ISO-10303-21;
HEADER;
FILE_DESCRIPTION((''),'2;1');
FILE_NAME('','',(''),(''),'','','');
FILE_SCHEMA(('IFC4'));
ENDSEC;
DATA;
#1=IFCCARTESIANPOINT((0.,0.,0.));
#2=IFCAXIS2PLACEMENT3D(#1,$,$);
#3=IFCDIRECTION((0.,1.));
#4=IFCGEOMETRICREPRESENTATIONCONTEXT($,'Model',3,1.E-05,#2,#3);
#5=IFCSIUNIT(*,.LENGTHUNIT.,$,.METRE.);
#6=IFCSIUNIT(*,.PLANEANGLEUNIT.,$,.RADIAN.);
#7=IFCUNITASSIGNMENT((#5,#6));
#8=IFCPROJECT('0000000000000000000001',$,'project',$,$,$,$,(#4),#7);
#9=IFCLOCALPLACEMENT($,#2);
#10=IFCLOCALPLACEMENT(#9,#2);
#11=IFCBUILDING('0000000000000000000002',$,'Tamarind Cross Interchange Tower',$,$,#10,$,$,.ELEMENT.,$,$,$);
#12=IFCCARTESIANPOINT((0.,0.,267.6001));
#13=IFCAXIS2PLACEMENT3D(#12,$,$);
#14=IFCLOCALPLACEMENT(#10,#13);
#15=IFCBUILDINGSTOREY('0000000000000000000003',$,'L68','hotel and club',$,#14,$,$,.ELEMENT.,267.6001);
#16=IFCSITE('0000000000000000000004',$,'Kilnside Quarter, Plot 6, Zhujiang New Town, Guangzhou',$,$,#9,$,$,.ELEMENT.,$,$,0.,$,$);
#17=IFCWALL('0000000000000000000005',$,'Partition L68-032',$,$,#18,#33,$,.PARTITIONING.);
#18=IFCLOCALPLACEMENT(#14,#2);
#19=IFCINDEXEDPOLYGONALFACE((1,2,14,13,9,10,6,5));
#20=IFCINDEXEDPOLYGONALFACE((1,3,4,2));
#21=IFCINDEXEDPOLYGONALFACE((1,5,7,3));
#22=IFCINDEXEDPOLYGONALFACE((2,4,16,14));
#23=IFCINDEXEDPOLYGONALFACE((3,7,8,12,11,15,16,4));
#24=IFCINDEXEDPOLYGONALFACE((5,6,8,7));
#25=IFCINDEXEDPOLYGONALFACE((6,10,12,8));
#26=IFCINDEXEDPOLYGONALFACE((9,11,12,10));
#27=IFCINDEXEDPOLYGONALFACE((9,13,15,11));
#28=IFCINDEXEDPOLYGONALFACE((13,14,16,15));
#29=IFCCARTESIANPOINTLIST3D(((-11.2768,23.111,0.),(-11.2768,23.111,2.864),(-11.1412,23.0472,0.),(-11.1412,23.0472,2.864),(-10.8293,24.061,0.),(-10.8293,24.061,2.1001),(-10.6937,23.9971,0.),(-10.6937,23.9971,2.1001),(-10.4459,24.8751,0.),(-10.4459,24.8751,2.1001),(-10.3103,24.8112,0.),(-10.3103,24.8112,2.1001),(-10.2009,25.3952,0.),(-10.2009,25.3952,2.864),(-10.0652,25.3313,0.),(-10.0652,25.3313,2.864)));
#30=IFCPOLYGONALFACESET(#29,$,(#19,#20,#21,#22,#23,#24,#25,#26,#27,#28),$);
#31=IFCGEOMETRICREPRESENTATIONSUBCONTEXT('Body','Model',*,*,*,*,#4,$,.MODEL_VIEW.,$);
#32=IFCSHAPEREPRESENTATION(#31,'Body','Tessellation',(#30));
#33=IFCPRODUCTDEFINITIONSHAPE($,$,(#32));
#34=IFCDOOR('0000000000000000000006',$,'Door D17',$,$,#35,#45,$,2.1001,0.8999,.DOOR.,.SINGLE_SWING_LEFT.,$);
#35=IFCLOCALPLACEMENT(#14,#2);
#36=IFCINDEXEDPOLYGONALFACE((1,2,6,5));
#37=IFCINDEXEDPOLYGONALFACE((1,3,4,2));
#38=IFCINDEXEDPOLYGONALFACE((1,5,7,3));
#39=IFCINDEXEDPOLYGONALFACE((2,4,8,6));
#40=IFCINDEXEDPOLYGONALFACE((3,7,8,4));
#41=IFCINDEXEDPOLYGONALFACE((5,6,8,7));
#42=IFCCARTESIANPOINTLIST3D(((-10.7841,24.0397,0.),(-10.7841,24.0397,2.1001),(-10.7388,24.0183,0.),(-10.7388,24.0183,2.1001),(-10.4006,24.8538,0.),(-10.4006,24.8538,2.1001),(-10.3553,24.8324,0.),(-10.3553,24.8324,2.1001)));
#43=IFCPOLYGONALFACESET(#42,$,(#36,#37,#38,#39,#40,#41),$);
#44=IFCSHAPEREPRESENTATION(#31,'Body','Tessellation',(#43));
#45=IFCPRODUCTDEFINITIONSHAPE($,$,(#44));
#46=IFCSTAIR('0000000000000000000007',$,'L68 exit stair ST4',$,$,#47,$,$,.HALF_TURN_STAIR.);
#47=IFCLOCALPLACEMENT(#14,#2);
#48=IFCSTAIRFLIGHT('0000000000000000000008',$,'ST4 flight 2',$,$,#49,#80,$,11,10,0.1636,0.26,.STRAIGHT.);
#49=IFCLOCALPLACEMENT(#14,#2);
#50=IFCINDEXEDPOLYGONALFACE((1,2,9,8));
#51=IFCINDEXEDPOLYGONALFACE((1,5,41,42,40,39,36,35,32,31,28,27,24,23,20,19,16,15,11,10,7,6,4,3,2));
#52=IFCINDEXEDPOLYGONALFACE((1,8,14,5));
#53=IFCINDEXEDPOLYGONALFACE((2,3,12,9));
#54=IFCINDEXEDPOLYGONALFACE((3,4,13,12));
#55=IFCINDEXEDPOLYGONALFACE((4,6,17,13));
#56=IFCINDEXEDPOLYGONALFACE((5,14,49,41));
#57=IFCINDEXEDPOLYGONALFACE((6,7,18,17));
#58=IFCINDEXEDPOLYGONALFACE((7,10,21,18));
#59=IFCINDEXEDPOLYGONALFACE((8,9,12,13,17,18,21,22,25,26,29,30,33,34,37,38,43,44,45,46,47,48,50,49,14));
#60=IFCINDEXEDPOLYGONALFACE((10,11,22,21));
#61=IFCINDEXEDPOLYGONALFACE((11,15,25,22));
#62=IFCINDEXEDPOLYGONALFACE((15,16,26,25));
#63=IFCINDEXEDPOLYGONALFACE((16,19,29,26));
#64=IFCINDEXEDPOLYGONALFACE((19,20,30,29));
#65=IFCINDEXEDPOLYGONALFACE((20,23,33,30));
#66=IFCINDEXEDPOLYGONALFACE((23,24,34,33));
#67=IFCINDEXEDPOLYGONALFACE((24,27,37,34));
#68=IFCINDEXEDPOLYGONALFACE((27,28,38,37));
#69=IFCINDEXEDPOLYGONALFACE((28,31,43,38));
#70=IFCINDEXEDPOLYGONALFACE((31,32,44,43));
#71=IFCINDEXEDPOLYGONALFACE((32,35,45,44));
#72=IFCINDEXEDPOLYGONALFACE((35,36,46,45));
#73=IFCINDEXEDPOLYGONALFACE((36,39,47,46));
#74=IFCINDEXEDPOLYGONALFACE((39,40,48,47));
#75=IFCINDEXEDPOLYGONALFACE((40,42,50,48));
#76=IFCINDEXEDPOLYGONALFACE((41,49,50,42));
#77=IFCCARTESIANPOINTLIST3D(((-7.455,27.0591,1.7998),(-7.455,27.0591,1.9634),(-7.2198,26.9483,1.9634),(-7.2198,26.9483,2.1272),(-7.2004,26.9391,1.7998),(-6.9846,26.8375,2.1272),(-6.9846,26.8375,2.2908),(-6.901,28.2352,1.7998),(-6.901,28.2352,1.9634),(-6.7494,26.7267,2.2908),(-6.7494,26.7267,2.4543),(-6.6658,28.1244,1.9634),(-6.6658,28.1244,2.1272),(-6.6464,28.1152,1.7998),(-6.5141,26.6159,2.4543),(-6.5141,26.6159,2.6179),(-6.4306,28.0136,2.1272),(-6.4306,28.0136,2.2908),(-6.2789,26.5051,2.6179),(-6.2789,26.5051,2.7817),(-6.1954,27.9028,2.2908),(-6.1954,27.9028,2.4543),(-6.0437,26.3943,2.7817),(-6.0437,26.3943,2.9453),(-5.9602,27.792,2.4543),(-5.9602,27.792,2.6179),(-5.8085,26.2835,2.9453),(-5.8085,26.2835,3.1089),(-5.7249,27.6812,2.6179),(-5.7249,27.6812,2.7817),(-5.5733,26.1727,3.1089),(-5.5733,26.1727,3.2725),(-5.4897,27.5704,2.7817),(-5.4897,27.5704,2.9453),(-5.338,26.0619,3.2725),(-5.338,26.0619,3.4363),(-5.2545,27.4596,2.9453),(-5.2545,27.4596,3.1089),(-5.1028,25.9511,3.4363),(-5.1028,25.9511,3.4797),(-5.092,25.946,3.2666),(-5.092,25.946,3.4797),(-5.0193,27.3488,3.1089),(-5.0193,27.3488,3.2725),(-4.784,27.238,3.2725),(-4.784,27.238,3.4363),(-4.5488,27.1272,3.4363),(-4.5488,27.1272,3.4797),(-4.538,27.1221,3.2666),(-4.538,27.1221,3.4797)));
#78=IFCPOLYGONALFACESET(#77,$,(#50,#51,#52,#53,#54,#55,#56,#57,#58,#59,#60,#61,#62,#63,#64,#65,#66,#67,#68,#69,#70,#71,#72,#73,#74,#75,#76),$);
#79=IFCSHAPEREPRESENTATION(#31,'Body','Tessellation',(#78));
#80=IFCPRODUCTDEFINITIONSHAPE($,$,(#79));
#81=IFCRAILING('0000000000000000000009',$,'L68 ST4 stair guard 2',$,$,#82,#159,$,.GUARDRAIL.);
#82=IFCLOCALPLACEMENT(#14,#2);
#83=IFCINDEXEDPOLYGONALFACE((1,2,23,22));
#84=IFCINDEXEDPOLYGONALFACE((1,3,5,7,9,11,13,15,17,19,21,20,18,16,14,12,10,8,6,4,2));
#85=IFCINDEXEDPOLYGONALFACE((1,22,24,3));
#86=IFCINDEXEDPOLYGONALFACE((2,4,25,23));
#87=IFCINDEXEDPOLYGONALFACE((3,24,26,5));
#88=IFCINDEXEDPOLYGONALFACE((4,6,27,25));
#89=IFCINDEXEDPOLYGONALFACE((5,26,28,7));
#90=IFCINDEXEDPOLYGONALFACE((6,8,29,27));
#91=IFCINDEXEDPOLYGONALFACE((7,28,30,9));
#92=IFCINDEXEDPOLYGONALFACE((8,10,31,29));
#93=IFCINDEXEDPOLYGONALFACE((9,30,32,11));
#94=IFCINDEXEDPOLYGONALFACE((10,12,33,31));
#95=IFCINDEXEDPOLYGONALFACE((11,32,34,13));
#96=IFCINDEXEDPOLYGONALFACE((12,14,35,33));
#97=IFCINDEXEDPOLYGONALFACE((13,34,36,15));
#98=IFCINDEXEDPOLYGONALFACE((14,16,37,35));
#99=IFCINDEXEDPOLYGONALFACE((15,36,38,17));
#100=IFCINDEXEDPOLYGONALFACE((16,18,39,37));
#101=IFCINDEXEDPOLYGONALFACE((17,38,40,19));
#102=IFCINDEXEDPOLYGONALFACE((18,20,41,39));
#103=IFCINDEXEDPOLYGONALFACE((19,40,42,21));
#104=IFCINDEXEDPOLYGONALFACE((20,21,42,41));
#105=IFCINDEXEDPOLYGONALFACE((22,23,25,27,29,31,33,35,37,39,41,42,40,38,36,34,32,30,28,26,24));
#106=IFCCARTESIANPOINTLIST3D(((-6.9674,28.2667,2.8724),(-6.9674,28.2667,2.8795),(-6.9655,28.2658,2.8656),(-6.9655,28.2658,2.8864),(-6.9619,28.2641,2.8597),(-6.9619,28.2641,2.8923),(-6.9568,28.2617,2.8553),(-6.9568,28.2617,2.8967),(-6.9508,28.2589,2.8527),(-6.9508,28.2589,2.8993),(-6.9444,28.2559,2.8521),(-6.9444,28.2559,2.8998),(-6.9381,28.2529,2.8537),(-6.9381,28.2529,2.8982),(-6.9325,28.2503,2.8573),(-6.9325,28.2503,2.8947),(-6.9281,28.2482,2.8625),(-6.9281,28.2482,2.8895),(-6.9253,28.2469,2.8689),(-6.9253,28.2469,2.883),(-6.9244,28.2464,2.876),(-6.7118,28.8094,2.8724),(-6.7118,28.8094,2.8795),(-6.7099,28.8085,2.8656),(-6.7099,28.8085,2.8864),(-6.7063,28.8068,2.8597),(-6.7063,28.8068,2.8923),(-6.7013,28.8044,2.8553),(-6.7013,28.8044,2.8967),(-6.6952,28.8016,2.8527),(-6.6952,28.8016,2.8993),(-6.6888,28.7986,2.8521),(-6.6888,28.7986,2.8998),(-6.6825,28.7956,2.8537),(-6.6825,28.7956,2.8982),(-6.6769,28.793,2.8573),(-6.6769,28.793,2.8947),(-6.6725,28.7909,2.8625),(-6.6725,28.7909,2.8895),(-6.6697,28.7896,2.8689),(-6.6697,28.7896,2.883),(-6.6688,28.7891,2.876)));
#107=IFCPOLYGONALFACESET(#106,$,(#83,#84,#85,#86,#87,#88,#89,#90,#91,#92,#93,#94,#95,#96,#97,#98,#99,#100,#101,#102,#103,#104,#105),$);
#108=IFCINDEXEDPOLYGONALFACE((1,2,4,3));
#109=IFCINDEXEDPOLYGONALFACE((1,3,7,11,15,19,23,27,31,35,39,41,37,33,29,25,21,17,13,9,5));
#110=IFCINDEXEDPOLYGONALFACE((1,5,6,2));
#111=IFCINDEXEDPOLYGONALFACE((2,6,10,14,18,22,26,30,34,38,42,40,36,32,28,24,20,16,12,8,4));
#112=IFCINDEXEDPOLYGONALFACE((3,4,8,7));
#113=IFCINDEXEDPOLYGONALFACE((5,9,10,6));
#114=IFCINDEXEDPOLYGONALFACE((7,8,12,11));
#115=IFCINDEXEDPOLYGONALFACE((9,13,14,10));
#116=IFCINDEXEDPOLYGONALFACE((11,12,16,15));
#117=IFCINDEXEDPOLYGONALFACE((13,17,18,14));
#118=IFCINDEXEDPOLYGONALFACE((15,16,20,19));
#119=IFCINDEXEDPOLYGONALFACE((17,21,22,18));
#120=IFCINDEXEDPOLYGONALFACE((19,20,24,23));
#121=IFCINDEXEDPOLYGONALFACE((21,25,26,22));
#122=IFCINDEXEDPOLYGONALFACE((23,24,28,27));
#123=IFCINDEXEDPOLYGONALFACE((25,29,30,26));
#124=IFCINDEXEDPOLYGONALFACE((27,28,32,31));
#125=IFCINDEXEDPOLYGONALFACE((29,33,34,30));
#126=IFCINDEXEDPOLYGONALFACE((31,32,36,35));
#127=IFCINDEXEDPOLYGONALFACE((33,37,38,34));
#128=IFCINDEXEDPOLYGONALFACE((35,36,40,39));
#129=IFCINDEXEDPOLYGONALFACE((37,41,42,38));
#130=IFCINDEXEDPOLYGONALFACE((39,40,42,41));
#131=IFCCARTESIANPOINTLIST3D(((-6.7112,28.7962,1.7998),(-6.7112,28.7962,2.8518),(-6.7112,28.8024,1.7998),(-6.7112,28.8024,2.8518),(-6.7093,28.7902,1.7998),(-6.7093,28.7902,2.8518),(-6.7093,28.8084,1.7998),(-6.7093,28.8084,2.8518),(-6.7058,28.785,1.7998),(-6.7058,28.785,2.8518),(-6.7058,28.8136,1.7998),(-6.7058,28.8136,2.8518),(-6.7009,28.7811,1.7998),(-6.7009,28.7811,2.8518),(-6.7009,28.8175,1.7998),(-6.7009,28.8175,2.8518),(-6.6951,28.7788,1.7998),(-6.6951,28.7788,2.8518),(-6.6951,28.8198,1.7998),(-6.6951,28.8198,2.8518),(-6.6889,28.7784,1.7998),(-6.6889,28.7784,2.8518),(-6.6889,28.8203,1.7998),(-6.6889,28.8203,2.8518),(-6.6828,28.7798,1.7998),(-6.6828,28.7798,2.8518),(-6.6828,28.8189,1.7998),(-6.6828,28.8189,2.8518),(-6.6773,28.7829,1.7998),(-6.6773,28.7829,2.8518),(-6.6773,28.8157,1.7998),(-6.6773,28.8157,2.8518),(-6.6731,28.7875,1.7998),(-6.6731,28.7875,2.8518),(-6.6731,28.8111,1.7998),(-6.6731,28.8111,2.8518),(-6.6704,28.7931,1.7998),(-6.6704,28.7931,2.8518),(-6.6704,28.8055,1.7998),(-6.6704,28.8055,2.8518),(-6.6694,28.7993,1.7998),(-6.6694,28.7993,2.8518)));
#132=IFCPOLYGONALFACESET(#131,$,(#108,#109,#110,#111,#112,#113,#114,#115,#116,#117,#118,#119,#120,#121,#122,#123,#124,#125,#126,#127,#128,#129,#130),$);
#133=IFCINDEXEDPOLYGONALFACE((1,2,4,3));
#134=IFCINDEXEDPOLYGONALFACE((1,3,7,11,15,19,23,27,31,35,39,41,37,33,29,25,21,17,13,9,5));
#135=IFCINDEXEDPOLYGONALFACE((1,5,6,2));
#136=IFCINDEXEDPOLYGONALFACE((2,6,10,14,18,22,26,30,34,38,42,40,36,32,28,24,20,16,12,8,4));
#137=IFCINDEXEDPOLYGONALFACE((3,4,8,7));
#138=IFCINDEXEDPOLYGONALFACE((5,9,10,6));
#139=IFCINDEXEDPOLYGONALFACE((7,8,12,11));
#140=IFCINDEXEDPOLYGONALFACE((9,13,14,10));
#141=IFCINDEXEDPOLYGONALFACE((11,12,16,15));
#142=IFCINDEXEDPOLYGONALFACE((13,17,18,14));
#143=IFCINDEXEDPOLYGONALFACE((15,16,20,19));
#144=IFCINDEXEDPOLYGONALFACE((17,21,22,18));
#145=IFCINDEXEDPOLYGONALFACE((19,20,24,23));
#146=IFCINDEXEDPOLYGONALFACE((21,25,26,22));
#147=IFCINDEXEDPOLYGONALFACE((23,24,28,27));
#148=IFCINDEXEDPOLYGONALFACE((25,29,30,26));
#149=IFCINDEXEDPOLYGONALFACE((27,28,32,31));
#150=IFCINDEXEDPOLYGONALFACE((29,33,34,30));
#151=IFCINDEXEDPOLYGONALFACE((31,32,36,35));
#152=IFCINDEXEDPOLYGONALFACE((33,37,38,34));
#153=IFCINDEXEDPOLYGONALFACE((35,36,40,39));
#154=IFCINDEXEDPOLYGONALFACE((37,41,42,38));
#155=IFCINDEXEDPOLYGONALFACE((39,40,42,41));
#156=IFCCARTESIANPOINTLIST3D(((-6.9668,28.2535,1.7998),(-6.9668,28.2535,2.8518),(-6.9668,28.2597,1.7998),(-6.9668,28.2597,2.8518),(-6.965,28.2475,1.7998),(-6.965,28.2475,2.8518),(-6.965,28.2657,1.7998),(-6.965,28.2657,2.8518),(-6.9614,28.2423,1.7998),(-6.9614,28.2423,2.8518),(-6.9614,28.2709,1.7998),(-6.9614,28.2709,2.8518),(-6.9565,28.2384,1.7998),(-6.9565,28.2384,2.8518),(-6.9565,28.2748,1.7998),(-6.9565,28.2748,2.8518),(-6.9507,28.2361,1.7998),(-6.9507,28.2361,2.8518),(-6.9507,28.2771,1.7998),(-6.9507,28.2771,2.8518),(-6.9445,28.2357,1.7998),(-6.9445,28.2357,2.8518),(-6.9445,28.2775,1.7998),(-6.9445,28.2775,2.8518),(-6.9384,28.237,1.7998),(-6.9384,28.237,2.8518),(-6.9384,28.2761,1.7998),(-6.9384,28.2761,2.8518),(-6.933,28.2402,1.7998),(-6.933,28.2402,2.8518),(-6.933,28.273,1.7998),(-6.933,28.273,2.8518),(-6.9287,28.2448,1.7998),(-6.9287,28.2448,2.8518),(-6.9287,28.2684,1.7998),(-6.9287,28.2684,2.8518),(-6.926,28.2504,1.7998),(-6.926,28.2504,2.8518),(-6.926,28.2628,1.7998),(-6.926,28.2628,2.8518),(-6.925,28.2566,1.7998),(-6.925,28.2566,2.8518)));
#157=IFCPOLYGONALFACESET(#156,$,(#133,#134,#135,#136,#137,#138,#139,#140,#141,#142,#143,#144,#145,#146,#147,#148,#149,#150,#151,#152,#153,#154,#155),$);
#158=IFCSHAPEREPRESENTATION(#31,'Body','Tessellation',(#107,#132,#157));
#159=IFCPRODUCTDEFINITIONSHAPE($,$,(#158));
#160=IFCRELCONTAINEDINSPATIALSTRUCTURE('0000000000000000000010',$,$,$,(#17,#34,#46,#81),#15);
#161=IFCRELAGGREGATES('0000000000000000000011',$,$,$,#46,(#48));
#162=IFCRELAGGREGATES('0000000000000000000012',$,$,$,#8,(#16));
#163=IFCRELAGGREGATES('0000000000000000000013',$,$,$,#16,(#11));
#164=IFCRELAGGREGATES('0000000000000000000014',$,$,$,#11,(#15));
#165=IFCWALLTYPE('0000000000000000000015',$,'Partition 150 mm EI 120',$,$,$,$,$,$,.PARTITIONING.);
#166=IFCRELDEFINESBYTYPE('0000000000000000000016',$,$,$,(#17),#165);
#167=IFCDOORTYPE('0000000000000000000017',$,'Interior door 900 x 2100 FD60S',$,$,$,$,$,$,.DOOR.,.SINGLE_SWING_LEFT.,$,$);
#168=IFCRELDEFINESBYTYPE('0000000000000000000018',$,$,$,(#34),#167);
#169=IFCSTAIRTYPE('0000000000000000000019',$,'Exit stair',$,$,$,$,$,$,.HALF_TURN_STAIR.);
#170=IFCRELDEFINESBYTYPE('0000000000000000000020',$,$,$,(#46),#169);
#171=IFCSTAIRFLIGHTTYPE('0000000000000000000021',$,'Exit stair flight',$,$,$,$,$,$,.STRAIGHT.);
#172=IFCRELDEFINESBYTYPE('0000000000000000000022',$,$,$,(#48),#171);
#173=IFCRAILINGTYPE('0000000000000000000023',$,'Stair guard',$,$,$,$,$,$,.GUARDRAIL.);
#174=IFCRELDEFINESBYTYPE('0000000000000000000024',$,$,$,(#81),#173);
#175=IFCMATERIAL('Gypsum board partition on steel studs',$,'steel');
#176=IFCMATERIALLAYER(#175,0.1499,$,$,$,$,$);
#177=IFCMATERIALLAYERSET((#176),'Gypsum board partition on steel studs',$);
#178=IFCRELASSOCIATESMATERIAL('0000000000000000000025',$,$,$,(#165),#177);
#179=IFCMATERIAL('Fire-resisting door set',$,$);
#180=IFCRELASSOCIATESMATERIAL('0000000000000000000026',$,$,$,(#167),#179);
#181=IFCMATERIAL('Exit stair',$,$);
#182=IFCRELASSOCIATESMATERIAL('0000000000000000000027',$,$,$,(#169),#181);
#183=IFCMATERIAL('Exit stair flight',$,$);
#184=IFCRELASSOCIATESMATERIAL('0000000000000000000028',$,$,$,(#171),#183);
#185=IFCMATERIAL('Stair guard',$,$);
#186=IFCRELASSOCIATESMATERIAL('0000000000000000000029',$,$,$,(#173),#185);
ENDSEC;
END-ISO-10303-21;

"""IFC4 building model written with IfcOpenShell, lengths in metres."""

from ifc_helpers import new_model, si_unit, direction, frame, frame_2d, origin, origin_2d, place, context, subcontext, project, spatial, polyline, rectangle, circle, outline, extrude, material, layer, layer_set, type_object, element, fill, aggregate, save


model = new_model("IFC4")

# Units and contexts
model_context = context("Model", 3, precision=1e-05, world=origin(), true_north=direction((0.0, 1.0)))
body_context = subcontext(model_context, "Body", "Model", "MODEL_VIEW")
ifc_project = project(units=[si_unit("LENGTHUNIT", "METRE"), si_unit("PLANEANGLEUNIT", "RADIAN")], contexts=[model_context])

# Site, building, storey
site_placement = place(None, origin())
site = spatial("IfcSite", under=ifc_project, at=site_placement, Name="Kilnside Quarter, Plot 6, Zhujiang New Town, Guangzhou", CompositionType="ELEMENT", RefElevation=0.0)
building_placement = place(site_placement, origin())
building = spatial("IfcBuilding", under=site, at=building_placement, Name="Tamarind Cross Interchange Tower", CompositionType="ELEMENT")
storey_placement = place(building_placement, frame((0.0, 0.0, 267.6001)))
storey = spatial("IfcBuildingStorey", under=building, at=storey_placement, Name="L68", Description="hotel and club", CompositionType="ELEMENT", Elevation=267.6001)

# Shared definitions
ifc_material_1 = material(Name="Gypsum board partition on steel studs", Category="steel")
ifc_layer_1 = layer(ifc_material_1, 0.1499)
ifc_layer_set_1 = layer_set([ifc_layer_1], Name="Gypsum board partition on steel studs")
wall_type = type_object("IfcWallType", Name="Partition 150 mm EI 120", PredefinedType="PARTITIONING", material=ifc_layer_set_1)

# Wall, opening, door
ifc_material_2 = material(Name="Fire-resisting door set")
door_type = type_object("IfcDoorType", Name="Interior door 900 x 2100 FD60S", OperationType="SINGLE_SWING_LEFT", PredefinedType="DOOR", material=ifc_material_2)
wall_1_placement = place(storey_placement, frame((-11.209, 23.0791, 0.0), z_axis=(0.0, 0.0, 1.0), x_axis=(0.426128, 0.904663, 0.0)))
wall_1 = element("IfcWall", 1, at=wall_1_placement, inside=storey, type_object=wall_type, Name="Partition L68-032", PredefinedType="PARTITIONING", context=body_context, shape_type="SweptSolid", body=[
    extrude(rectangle(XDim=2.5249, YDim=0.1499, at=frame_2d((1.2625, 0.0))), origin(), (0.0, 0.0, 1.0), 2.864),
])
opening_1_placement = place(wall_1_placement, frame((1.05, 0.0, 0.0)))
opening_1 = element("IfcOpeningElement", 2, at=opening_1_placement, cuts=wall_1, PredefinedType="OPENING", context=body_context, shape_type="SweptSolid", body=[
    extrude(rectangle(XDim=0.8999, YDim=2.1001, at=frame_2d((0.45, 1.05))), frame((0.0, 0.085, 0.0), z_axis=(0.0, -1.0, 0.0), x_axis=(1.0, 0.0, 0.0)), (0.0, 0.0, 1.0), 0.1699),
])
door_1_placement = place(opening_1_placement, origin())
door_1 = element("IfcDoor", 3, at=door_1_placement, inside=storey, type_object=door_type, Name="Door D17", OperationType="SINGLE_SWING_LEFT", OverallHeight=2.1001, OverallWidth=0.8999, PredefinedType="DOOR", context=body_context, shape_type="SweptSolid", body=[
    extrude(rectangle(XDim=0.8999, YDim=2.1001, at=frame_2d((0.45, 1.05))), frame((0.0, 0.0249, 0.0), z_axis=(0.0, -1.0, 0.0), x_axis=(1.0, 0.0, 0.0)), (0.0, 0.0, 1.0), 0.05),
])
fill(opening_1, door_1)

# Stair, stair flight
ifc_material_3 = material(Name="Exit stair")
stair_type = type_object("IfcStairType", Name="Exit stair", PredefinedType="HALF_TURN_STAIR", material=ifc_material_3)
stair_placement = place(storey_placement, origin())
stair = element("IfcStair", 4, at=stair_placement, inside=storey, type_object=stair_type, Name="L68 exit stair ST4", PredefinedType="HALF_TURN_STAIR")
ifc_material_4 = material(Name="Exit stair flight")
stair_flight_type = type_object("IfcStairFlightType", Name="Exit stair flight", PredefinedType="STRAIGHT", material=ifc_material_4)
stair_flight_placement = place(storey_placement, frame((-7.178, 27.6472, 1.7998), z_axis=(0.0, 0.0, 1.0), x_axis=(0.904661, -0.426133, 0.0)))
stair_flight = element("IfcStairFlight", 5, at=stair_flight_placement, type_object=stair_flight_type, Name="ST4 flight 2", NumberOfRisers=11, NumberOfTreads=10, PredefinedType="STRAIGHT", RiserHeight=0.1636, TreadLength=0.26, context=body_context, shape_type="SweptSolid", body=[
    extrude(outline(polyline([(0.0, 0.0), (0.0, 0.1636), (0.26, 0.1636), (0.26, 0.3274), (0.52, 0.3274), (0.52, 0.491), (0.78, 0.491), (0.78, 0.6545), (1.04, 0.6545), (1.04, 0.8181), (1.3, 0.8181), (1.3, 0.9819), (1.5601, 0.9819), (1.5601, 1.1455), (1.8201, 1.1455), (1.8201, 1.3091), (2.0801, 1.3091), (2.0801, 1.4727), (2.3401, 1.4727), (2.3401, 1.6365), (2.6001, 1.6365), (2.6001, 1.6799), (2.6121, 1.6799), (2.6121, 1.4668), (0.2815, 0.0), (0.0, 0.0)])), frame((0.0, 0.6499, 0.0), z_axis=(0.0, -1.0, 0.0), x_axis=(1.0, 0.0, 0.0)), (0.0, 0.0, 1.0), 1.3),
])
aggregate(stair, [stair_flight])

# Railing
ifc_material_5 = material(Name="Stair guard")
railing_type_1 = type_object("IfcRailingType", Name="Stair guard", PredefinedType="GUARDRAIL", material=ifc_material_5)
railing_1_placement = place(storey_placement, frame((-6.6904, 28.7993, 1.7998)))
element("IfcRailing", 6, at=railing_1_placement, inside=storey, type_object=railing_type_1, Name="L68 ST4 stair guard 2", PredefinedType="GUARDRAIL", context=body_context, shape_type="SweptSolid", body=[
    extrude(circle(Radius=0.0239, at=origin_2d()), frame((0.0, 0.0, 1.0762), z_axis=(-0.426091, -0.90468, 0.0), x_axis=(0.90468, -0.426091, 0.0)), (0.0, 0.0, 1.0), 0.5999),
    extrude(circle(Radius=0.021, at=origin_2d()), origin(), (0.0, 0.0, 1.0), 1.052),
    extrude(circle(Radius=0.021, at=origin_2d()), frame((-0.2556, -0.5427, 0.0)), (0.0, 0.0, 1.0), 1.052),
])

save(model, "model.ifc")
